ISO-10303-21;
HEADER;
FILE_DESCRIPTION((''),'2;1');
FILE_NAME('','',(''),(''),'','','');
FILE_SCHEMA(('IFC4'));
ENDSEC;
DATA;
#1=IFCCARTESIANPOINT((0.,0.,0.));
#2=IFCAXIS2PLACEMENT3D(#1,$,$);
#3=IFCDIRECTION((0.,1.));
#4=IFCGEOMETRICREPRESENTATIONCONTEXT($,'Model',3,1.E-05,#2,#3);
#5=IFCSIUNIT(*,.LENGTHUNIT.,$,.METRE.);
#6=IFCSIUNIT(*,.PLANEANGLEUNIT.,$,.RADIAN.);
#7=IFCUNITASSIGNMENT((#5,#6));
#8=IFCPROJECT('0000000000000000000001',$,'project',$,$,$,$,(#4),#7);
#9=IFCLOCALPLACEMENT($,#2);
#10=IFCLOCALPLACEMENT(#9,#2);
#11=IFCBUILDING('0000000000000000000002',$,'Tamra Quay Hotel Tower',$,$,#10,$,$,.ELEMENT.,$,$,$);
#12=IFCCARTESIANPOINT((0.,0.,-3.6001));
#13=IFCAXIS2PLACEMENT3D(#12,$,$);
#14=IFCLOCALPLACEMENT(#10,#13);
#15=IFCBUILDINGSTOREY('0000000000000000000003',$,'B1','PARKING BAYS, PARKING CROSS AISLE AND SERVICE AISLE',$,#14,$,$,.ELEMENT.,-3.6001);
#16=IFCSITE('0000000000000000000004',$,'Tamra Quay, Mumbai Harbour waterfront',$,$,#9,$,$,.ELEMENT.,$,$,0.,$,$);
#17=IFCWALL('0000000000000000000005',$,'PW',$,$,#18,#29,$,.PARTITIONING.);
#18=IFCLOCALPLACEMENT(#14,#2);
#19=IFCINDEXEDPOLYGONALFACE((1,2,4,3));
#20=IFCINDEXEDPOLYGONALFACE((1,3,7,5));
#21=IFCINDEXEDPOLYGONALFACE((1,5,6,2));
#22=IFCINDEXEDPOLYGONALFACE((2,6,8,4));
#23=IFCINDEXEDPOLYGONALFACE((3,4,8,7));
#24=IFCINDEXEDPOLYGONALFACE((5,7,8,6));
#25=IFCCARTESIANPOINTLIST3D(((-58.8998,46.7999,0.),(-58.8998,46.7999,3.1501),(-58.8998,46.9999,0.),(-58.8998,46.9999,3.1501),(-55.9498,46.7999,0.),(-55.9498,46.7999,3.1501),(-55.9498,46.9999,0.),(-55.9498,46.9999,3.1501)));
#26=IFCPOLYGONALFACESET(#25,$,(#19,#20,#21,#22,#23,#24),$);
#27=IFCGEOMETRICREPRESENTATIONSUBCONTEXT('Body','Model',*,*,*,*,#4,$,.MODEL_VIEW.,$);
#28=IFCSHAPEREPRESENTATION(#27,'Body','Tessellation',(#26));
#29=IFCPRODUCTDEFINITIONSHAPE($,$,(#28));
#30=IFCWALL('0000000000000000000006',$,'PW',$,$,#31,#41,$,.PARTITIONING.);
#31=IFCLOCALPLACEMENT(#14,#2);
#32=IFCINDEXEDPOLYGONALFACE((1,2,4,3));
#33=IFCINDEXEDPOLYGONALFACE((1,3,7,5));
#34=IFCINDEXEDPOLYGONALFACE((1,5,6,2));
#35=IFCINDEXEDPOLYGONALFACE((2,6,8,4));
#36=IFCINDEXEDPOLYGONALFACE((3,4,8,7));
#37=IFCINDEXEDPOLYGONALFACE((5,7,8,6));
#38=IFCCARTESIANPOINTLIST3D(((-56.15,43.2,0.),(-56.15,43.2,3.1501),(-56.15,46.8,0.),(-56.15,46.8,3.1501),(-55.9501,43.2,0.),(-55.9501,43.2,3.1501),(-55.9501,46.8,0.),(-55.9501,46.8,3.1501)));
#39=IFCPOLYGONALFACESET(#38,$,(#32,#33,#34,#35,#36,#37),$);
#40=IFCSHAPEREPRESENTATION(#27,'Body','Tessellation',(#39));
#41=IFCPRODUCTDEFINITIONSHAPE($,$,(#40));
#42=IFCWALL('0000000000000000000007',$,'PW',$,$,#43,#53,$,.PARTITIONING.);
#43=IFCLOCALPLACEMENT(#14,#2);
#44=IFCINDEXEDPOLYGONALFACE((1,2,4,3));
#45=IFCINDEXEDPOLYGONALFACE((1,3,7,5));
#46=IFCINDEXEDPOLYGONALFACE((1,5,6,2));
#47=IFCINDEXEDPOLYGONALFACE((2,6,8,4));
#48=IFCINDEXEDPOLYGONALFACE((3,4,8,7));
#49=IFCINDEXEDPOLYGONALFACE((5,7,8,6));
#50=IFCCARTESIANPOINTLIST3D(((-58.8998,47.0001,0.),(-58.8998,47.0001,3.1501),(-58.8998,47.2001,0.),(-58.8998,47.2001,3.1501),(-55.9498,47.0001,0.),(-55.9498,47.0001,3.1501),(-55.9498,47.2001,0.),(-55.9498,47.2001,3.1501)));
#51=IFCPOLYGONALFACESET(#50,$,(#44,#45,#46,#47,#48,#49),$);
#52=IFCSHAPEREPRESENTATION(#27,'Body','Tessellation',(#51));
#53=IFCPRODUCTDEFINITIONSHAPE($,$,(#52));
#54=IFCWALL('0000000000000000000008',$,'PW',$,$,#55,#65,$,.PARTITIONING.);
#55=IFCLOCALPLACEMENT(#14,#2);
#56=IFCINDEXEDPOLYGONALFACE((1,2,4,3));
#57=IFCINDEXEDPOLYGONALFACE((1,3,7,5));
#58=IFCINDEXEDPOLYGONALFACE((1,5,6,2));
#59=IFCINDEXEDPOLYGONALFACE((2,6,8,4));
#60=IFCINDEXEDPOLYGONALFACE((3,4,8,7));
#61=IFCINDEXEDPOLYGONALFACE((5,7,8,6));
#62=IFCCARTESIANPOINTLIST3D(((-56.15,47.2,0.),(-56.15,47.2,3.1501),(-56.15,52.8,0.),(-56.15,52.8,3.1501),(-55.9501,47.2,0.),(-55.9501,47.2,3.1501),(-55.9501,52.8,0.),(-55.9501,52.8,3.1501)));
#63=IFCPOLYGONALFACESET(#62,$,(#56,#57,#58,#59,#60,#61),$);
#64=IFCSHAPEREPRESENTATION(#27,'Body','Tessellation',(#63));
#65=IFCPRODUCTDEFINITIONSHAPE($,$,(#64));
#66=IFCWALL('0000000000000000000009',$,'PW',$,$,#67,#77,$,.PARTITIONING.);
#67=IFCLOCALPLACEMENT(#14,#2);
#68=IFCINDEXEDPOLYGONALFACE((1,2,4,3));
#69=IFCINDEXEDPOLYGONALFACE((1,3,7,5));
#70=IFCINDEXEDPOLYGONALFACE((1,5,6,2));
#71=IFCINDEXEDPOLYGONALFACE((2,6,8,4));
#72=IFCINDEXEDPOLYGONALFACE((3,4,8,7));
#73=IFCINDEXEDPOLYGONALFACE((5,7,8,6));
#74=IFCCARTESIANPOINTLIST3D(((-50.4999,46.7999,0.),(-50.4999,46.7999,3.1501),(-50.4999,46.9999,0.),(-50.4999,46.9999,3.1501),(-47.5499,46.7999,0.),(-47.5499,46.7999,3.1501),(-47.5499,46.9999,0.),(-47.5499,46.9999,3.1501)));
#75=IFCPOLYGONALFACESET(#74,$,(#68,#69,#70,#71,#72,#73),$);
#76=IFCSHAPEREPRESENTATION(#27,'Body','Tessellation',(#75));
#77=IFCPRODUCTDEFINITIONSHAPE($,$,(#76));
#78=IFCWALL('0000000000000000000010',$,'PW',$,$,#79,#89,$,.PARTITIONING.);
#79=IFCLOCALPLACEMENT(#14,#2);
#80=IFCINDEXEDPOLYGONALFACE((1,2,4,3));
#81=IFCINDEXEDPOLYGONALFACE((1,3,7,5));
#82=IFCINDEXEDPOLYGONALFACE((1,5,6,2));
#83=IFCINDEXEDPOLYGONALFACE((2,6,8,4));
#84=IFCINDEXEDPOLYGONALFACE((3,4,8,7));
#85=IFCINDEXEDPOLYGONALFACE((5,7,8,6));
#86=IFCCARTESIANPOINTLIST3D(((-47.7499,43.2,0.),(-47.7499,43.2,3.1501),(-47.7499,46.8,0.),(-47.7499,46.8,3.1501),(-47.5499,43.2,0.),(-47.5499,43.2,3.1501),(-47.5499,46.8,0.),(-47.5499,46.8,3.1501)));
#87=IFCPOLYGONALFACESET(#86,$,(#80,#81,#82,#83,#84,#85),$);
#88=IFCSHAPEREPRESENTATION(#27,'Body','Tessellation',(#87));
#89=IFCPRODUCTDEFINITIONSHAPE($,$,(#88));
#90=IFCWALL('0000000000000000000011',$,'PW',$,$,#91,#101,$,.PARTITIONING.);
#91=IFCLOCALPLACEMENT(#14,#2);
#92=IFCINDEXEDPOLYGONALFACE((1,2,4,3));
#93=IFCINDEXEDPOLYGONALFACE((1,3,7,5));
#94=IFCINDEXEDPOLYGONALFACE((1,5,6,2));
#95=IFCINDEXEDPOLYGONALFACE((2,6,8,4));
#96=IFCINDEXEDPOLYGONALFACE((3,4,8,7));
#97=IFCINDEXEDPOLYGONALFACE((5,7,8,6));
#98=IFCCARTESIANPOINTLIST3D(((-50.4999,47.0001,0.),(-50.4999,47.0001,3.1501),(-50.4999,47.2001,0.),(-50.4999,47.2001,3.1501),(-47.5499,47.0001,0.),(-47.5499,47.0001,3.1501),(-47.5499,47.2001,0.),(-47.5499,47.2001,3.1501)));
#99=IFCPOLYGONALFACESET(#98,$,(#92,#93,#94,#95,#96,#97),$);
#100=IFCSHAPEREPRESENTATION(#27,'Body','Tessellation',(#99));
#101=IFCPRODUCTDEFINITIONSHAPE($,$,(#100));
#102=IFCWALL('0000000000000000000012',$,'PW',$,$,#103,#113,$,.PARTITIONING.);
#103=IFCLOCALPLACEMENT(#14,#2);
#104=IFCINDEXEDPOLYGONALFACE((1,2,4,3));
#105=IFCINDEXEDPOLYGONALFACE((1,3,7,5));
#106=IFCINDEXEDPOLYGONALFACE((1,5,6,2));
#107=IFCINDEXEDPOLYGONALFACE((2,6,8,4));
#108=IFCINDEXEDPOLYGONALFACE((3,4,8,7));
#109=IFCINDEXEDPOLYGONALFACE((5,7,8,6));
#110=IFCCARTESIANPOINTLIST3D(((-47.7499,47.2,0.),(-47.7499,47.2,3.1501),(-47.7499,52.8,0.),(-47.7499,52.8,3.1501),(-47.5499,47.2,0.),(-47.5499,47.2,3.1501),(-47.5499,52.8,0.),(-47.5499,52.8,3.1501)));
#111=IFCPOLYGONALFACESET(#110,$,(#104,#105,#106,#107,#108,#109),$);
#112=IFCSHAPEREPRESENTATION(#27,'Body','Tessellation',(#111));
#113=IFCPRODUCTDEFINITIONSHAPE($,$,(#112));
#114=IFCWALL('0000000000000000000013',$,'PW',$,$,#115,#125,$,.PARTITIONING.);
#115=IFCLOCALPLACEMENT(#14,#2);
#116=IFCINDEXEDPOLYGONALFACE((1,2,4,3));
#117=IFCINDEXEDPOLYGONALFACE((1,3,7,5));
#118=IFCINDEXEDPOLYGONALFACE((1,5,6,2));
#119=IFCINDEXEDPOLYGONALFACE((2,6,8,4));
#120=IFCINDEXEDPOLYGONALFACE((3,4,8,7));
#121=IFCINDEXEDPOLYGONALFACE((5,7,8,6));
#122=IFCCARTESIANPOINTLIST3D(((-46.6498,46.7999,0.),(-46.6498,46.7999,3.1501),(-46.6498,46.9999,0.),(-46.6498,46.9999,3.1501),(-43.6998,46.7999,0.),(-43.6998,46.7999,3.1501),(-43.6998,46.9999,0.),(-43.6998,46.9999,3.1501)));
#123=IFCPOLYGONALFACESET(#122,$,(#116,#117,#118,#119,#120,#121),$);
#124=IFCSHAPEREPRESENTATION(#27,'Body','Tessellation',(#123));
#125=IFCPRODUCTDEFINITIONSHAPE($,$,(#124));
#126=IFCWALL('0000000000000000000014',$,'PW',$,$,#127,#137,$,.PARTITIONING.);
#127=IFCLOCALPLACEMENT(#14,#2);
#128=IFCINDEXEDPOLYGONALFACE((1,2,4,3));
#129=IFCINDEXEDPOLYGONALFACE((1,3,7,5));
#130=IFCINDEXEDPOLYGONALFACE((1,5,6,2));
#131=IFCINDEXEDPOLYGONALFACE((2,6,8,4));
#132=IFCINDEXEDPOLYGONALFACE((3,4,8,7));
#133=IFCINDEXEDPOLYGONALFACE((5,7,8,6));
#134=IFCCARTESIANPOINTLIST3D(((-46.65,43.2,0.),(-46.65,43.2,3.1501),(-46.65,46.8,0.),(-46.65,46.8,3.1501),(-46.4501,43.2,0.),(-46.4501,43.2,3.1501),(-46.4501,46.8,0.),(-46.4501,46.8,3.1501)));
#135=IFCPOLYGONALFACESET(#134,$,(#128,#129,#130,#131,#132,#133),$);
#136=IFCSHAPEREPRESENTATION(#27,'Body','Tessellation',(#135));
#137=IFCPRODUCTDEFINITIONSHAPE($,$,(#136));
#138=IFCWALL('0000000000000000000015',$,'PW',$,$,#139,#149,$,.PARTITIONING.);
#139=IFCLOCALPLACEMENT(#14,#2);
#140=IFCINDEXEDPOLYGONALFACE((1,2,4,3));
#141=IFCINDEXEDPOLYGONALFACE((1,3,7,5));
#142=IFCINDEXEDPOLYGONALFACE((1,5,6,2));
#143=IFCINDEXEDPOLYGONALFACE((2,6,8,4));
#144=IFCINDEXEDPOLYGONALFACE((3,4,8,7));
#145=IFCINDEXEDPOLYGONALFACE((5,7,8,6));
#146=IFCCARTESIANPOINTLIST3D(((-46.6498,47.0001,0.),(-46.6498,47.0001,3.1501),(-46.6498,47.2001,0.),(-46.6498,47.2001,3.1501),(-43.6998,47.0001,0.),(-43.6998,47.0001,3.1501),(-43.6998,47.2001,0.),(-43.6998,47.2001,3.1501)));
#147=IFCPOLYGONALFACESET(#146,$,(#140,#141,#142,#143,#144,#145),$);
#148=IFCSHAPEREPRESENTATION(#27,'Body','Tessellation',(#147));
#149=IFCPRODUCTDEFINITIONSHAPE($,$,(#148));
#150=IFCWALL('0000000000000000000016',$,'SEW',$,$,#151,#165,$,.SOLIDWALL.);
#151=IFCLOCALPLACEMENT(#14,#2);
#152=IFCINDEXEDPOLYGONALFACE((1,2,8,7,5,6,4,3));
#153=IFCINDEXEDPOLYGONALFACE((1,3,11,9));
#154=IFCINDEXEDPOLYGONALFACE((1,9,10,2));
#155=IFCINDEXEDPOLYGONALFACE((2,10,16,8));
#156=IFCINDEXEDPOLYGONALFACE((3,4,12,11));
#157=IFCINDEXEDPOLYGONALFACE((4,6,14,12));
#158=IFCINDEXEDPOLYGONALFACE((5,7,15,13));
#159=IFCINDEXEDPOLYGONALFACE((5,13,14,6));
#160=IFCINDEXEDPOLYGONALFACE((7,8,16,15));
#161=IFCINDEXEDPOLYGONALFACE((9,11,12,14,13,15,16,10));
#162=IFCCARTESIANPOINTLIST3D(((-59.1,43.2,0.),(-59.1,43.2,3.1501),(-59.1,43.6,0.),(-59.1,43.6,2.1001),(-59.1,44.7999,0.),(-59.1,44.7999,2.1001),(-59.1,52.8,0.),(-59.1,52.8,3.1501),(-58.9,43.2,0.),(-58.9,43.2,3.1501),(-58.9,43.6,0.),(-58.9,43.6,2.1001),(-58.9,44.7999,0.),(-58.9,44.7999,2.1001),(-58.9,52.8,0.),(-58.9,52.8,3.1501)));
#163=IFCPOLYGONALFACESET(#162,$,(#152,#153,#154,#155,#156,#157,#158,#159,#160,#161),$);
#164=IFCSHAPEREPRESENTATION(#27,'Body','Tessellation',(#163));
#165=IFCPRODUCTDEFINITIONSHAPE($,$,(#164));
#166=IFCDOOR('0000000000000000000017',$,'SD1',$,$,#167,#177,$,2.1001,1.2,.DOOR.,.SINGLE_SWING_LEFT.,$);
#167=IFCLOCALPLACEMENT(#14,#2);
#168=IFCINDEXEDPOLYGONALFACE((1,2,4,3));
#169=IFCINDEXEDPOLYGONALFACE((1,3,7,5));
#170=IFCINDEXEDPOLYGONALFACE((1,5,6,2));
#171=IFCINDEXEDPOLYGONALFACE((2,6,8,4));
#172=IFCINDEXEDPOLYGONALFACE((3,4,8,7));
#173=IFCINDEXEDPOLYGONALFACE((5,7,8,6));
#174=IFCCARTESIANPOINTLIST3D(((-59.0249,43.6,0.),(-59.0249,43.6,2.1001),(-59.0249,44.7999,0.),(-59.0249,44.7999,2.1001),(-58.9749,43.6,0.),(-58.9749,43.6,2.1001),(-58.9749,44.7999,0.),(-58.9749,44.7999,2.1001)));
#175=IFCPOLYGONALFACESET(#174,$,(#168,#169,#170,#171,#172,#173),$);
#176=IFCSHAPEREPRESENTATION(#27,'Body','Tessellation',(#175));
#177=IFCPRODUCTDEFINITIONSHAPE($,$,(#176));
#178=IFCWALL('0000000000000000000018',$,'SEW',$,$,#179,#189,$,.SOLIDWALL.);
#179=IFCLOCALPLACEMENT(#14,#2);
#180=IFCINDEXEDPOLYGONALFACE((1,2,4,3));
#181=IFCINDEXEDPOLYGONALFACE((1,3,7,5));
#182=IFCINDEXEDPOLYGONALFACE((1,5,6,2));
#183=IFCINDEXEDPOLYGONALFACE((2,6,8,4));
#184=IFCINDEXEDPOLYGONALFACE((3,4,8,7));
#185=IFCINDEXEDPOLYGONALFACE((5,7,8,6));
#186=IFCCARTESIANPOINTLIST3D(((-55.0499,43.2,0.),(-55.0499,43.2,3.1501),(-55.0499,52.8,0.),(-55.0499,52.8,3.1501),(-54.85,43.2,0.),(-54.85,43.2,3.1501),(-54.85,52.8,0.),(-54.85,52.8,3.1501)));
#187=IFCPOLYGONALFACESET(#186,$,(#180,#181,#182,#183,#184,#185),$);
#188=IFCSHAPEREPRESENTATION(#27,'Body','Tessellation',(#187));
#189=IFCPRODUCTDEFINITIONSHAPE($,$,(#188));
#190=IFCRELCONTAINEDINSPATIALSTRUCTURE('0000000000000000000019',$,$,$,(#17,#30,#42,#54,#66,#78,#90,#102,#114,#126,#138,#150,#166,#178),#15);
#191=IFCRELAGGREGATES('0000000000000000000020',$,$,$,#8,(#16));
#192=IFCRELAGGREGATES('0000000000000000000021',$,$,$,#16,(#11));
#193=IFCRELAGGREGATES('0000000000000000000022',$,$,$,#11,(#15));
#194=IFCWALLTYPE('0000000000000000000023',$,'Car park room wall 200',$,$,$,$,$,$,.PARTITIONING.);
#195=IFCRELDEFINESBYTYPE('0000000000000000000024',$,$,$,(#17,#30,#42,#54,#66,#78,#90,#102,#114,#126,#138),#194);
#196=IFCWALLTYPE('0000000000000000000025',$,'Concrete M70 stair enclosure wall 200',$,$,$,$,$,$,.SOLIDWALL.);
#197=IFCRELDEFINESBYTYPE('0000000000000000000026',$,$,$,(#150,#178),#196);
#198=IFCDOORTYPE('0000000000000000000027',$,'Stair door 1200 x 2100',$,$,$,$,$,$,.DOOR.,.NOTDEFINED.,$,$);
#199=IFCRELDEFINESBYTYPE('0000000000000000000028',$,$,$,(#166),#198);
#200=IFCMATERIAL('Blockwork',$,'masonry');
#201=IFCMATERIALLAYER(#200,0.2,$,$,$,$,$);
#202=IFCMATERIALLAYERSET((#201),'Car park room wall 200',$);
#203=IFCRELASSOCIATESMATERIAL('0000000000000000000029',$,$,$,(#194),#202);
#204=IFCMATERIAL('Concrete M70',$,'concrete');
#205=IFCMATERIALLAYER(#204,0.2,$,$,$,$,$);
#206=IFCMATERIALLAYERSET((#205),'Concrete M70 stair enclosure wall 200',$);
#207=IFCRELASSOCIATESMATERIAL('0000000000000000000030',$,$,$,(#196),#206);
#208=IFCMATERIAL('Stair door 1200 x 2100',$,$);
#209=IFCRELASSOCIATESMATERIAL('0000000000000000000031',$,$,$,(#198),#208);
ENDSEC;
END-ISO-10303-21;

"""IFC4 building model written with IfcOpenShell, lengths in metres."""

from ifc_helpers import new_model, si_unit, direction, frame, frame_2d, origin, place, context, subcontext, project, spatial, rectangle, extrude, material, layer, layer_set, type_object, element, fill, save


model = new_model("IFC4")

# Units and contexts
model_context = context("Model", 3, precision=1e-05, world=origin(), true_north=direction((0.0, 1.0)))
body_context = subcontext(model_context, "Body", "Model", "MODEL_VIEW")
ifc_project = project(units=[si_unit("LENGTHUNIT", "METRE"), si_unit("PLANEANGLEUNIT", "RADIAN")], contexts=[model_context])

# Site, building, storey
site_placement = place(None, origin())
site = spatial("IfcSite", under=ifc_project, at=site_placement, Name="Tamra Quay, Mumbai Harbour waterfront", CompositionType="ELEMENT", RefElevation=0.0)
building_placement = place(site_placement, origin())
building = spatial("IfcBuilding", under=site, at=building_placement, Name="Tamra Quay Hotel Tower", CompositionType="ELEMENT")
storey_placement = place(building_placement, frame((0.0, 0.0, -3.6001)))
storey = spatial("IfcBuildingStorey", under=building, at=storey_placement, Name="B1", Description="PARKING BAYS, PARKING CROSS AISLE AND SERVICE AISLE", CompositionType="ELEMENT", Elevation=-3.6001)

# Walls
ifc_material_1 = material(Name="Blockwork", Category="masonry")
ifc_layer_1 = layer(ifc_material_1, 0.2)
ifc_layer_set_1 = layer_set([ifc_layer_1], Name="Car park room wall 200")
wall_type_1 = type_object("IfcWallType", Name="Car park room wall 200", PredefinedType="PARTITIONING", material=ifc_layer_set_1)
wall_1_placement = place(storey_placement, frame((-58.8999, 46.8999, 0.0), z_axis=(0.0, 0.0, 1.0), x_axis=(1.0, 0.0, 0.0)))
element("IfcWall", 1, at=wall_1_placement, inside=storey, type_object=wall_type_1, Name="PW", PredefinedType="PARTITIONING", context=body_context, shape_type="SweptSolid", body=[
    extrude(rectangle(XDim=2.95, YDim=0.2, at=frame_2d((1.4751, 0.0))), origin(), (0.0, 0.0, 1.0), 3.1501),
])
wall_2_placement = place(storey_placement, frame((-56.05, 43.2, 0.0), z_axis=(0.0, 0.0, 1.0), x_axis=(0.0, 1.0, 0.0)))
element("IfcWall", 2, at=wall_2_placement, inside=storey, type_object=wall_type_1, Name="PW", PredefinedType="PARTITIONING", context=body_context, shape_type="SweptSolid", body=[
    extrude(rectangle(XDim=3.6001, YDim=0.2, at=frame_2d((1.8, 0.0))), origin(), (0.0, 0.0, 1.0), 3.1501),
])
wall_3_placement = place(storey_placement, frame((-58.8999, 47.1001, 0.0), z_axis=(0.0, 0.0, 1.0), x_axis=(1.0, 0.0, 0.0)))
element("IfcWall", 3, at=wall_3_placement, inside=storey, type_object=wall_type_1, Name="PW", PredefinedType="PARTITIONING", context=body_context, shape_type="SweptSolid", body=[
    extrude(rectangle(XDim=2.95, YDim=0.2, at=frame_2d((1.4751, 0.0))), origin(), (0.0, 0.0, 1.0), 3.1501),
])
wall_4_placement = place(storey_placement, frame((-56.05, 47.2, 0.0), z_axis=(0.0, 0.0, 1.0), x_axis=(0.0, 1.0, 0.0)))
element("IfcWall", 4, at=wall_4_placement, inside=storey, type_object=wall_type_1, Name="PW", PredefinedType="PARTITIONING", context=body_context, shape_type="SweptSolid", body=[
    extrude(rectangle(XDim=5.6001, YDim=0.2, at=frame_2d((2.8, 0.0))), origin(), (0.0, 0.0, 1.0), 3.1501),
])
wall_5_placement = place(storey_placement, frame((-50.5, 46.8999, 0.0), z_axis=(0.0, 0.0, 1.0), x_axis=(1.0, 0.0, 0.0)))
element("IfcWall", 5, at=wall_5_placement, inside=storey, type_object=wall_type_1, Name="PW", PredefinedType="PARTITIONING", context=body_context, shape_type="SweptSolid", body=[
    extrude(rectangle(XDim=2.95, YDim=0.2, at=frame_2d((1.4751, 0.0))), origin(), (0.0, 0.0, 1.0), 3.1501),
])
wall_6_placement = place(storey_placement, frame((-47.6499, 43.2, 0.0), z_axis=(0.0, 0.0, 1.0), x_axis=(0.0, 1.0, 0.0)))
element("IfcWall", 6, at=wall_6_placement, inside=storey, type_object=wall_type_1, Name="PW", PredefinedType="PARTITIONING", context=body_context, shape_type="SweptSolid", body=[
    extrude(rectangle(XDim=3.6001, YDim=0.2, at=frame_2d((1.8, 0.0))), origin(), (0.0, 0.0, 1.0), 3.1501),
])
wall_7_placement = place(storey_placement, frame((-50.5, 47.1001, 0.0), z_axis=(0.0, 0.0, 1.0), x_axis=(1.0, 0.0, 0.0)))
element("IfcWall", 7, at=wall_7_placement, inside=storey, type_object=wall_type_1, Name="PW", PredefinedType="PARTITIONING", context=body_context, shape_type="SweptSolid", body=[
    extrude(rectangle(XDim=2.95, YDim=0.2, at=frame_2d((1.4751, 0.0))), origin(), (0.0, 0.0, 1.0), 3.1501),
])
wall_8_placement = place(storey_placement, frame((-47.6499, 47.2, 0.0), z_axis=(0.0, 0.0, 1.0), x_axis=(0.0, 1.0, 0.0)))
element("IfcWall", 8, at=wall_8_placement, inside=storey, type_object=wall_type_1, Name="PW", PredefinedType="PARTITIONING", context=body_context, shape_type="SweptSolid", body=[
    extrude(rectangle(XDim=5.6001, YDim=0.2, at=frame_2d((2.8, 0.0))), origin(), (0.0, 0.0, 1.0), 3.1501),
])
wall_9_placement = place(storey_placement, frame((-46.6499, 46.8999, 0.0), z_axis=(0.0, 0.0, 1.0), x_axis=(1.0, 0.0, 0.0)))
element("IfcWall", 9, at=wall_9_placement, inside=storey, type_object=wall_type_1, Name="PW", PredefinedType="PARTITIONING", context=body_context, shape_type="SweptSolid", body=[
    extrude(rectangle(XDim=2.95, YDim=0.2, at=frame_2d((1.4751, 0.0))), origin(), (0.0, 0.0, 1.0), 3.1501),
])
wall_10_placement = place(storey_placement, frame((-46.55, 43.2, 0.0), z_axis=(0.0, 0.0, 1.0), x_axis=(0.0, 1.0, 0.0)))
element("IfcWall", 10, at=wall_10_placement, inside=storey, type_object=wall_type_1, Name="PW", PredefinedType="PARTITIONING", context=body_context, shape_type="SweptSolid", body=[
    extrude(rectangle(XDim=3.6001, YDim=0.2, at=frame_2d((1.8, 0.0))), origin(), (0.0, 0.0, 1.0), 3.1501),
])
wall_11_placement = place(storey_placement, frame((-46.6499, 47.1001, 0.0), z_axis=(0.0, 0.0, 1.0), x_axis=(1.0, 0.0, 0.0)))
element("IfcWall", 11, at=wall_11_placement, inside=storey, type_object=wall_type_1, Name="PW", PredefinedType="PARTITIONING", context=body_context, shape_type="SweptSolid", body=[
    extrude(rectangle(XDim=2.95, YDim=0.2, at=frame_2d((1.4751, 0.0))), origin(), (0.0, 0.0, 1.0), 3.1501),
])

# Wall, opening, door
ifc_material_2 = material(Name="Concrete M70", Category="concrete")
ifc_layer_2 = layer(ifc_material_2, 0.2)
ifc_layer_set_2 = layer_set([ifc_layer_2], Name="Concrete M70 stair enclosure wall 200")
wall_type_2 = type_object("IfcWallType", Name="Concrete M70 stair enclosure wall 200", PredefinedType="SOLIDWALL", material=ifc_layer_set_2)
wall_12_placement = place(storey_placement, frame((-59.0, 43.2, 0.0), z_axis=(0.0, 0.0, 1.0), x_axis=(0.0, 1.0, 0.0)))
wall_12 = element("IfcWall", 12, at=wall_12_placement, inside=storey, type_object=wall_type_2, Name="SEW", PredefinedType="SOLIDWALL", context=body_context, shape_type="SweptSolid", body=[
    extrude(rectangle(XDim=9.6001, YDim=0.2, at=frame_2d((4.8, 0.0))), origin(), (0.0, 0.0, 1.0), 3.1501),
])
opening_1_placement = place(wall_12_placement, frame((0.3999, 0.0, 0.0)))
opening_1 = element("IfcOpeningElement", 13, at=opening_1_placement, cuts=wall_12, PredefinedType="OPENING", context=body_context, shape_type="SweptSolid", body=[
    extrude(rectangle(XDim=1.2, YDim=2.1001, at=frame_2d((0.6001, 1.05))), frame((0.0, 0.1099, 0.0), z_axis=(0.0, -1.0, 0.0), x_axis=(1.0, 0.0, 0.0)), (0.0, 0.0, 1.0), 0.22),
])
ifc_material_3 = material(Name="Stair door 1200 x 2100")
door_type = type_object("IfcDoorType", Name="Stair door 1200 x 2100", OperationType="NOTDEFINED", PredefinedType="DOOR", material=ifc_material_3)
door_1_placement = place(opening_1_placement, origin())
door_1 = element("IfcDoor", 14, at=door_1_placement, inside=storey, type_object=door_type, Name="SD1", OperationType="SINGLE_SWING_LEFT", OverallHeight=2.1001, OverallWidth=1.2, PredefinedType="DOOR", context=body_context, shape_type="SweptSolid", body=[
    extrude(rectangle(XDim=1.2, YDim=2.1001, at=frame_2d((0.6001, 1.05))), frame((0.0, 0.0249, 0.0), z_axis=(0.0, -1.0, 0.0), x_axis=(1.0, 0.0, 0.0)), (0.0, 0.0, 1.0), 0.05),
])
fill(opening_1, door_1)

# Wall
wall_13_placement = place(storey_placement, frame((-54.95, 43.2, 0.0), z_axis=(0.0, 0.0, 1.0), x_axis=(0.0, 1.0, 0.0)))
element("IfcWall", 15, at=wall_13_placement, inside=storey, type_object=wall_type_2, Name="SEW", PredefinedType="SOLIDWALL", context=body_context, shape_type="SweptSolid", body=[
    extrude(rectangle(XDim=9.6001, YDim=0.2, at=frame_2d((4.8, 0.0))), origin(), (0.0, 0.0, 1.0), 3.1501),
])

save(model, "model.ifc")
